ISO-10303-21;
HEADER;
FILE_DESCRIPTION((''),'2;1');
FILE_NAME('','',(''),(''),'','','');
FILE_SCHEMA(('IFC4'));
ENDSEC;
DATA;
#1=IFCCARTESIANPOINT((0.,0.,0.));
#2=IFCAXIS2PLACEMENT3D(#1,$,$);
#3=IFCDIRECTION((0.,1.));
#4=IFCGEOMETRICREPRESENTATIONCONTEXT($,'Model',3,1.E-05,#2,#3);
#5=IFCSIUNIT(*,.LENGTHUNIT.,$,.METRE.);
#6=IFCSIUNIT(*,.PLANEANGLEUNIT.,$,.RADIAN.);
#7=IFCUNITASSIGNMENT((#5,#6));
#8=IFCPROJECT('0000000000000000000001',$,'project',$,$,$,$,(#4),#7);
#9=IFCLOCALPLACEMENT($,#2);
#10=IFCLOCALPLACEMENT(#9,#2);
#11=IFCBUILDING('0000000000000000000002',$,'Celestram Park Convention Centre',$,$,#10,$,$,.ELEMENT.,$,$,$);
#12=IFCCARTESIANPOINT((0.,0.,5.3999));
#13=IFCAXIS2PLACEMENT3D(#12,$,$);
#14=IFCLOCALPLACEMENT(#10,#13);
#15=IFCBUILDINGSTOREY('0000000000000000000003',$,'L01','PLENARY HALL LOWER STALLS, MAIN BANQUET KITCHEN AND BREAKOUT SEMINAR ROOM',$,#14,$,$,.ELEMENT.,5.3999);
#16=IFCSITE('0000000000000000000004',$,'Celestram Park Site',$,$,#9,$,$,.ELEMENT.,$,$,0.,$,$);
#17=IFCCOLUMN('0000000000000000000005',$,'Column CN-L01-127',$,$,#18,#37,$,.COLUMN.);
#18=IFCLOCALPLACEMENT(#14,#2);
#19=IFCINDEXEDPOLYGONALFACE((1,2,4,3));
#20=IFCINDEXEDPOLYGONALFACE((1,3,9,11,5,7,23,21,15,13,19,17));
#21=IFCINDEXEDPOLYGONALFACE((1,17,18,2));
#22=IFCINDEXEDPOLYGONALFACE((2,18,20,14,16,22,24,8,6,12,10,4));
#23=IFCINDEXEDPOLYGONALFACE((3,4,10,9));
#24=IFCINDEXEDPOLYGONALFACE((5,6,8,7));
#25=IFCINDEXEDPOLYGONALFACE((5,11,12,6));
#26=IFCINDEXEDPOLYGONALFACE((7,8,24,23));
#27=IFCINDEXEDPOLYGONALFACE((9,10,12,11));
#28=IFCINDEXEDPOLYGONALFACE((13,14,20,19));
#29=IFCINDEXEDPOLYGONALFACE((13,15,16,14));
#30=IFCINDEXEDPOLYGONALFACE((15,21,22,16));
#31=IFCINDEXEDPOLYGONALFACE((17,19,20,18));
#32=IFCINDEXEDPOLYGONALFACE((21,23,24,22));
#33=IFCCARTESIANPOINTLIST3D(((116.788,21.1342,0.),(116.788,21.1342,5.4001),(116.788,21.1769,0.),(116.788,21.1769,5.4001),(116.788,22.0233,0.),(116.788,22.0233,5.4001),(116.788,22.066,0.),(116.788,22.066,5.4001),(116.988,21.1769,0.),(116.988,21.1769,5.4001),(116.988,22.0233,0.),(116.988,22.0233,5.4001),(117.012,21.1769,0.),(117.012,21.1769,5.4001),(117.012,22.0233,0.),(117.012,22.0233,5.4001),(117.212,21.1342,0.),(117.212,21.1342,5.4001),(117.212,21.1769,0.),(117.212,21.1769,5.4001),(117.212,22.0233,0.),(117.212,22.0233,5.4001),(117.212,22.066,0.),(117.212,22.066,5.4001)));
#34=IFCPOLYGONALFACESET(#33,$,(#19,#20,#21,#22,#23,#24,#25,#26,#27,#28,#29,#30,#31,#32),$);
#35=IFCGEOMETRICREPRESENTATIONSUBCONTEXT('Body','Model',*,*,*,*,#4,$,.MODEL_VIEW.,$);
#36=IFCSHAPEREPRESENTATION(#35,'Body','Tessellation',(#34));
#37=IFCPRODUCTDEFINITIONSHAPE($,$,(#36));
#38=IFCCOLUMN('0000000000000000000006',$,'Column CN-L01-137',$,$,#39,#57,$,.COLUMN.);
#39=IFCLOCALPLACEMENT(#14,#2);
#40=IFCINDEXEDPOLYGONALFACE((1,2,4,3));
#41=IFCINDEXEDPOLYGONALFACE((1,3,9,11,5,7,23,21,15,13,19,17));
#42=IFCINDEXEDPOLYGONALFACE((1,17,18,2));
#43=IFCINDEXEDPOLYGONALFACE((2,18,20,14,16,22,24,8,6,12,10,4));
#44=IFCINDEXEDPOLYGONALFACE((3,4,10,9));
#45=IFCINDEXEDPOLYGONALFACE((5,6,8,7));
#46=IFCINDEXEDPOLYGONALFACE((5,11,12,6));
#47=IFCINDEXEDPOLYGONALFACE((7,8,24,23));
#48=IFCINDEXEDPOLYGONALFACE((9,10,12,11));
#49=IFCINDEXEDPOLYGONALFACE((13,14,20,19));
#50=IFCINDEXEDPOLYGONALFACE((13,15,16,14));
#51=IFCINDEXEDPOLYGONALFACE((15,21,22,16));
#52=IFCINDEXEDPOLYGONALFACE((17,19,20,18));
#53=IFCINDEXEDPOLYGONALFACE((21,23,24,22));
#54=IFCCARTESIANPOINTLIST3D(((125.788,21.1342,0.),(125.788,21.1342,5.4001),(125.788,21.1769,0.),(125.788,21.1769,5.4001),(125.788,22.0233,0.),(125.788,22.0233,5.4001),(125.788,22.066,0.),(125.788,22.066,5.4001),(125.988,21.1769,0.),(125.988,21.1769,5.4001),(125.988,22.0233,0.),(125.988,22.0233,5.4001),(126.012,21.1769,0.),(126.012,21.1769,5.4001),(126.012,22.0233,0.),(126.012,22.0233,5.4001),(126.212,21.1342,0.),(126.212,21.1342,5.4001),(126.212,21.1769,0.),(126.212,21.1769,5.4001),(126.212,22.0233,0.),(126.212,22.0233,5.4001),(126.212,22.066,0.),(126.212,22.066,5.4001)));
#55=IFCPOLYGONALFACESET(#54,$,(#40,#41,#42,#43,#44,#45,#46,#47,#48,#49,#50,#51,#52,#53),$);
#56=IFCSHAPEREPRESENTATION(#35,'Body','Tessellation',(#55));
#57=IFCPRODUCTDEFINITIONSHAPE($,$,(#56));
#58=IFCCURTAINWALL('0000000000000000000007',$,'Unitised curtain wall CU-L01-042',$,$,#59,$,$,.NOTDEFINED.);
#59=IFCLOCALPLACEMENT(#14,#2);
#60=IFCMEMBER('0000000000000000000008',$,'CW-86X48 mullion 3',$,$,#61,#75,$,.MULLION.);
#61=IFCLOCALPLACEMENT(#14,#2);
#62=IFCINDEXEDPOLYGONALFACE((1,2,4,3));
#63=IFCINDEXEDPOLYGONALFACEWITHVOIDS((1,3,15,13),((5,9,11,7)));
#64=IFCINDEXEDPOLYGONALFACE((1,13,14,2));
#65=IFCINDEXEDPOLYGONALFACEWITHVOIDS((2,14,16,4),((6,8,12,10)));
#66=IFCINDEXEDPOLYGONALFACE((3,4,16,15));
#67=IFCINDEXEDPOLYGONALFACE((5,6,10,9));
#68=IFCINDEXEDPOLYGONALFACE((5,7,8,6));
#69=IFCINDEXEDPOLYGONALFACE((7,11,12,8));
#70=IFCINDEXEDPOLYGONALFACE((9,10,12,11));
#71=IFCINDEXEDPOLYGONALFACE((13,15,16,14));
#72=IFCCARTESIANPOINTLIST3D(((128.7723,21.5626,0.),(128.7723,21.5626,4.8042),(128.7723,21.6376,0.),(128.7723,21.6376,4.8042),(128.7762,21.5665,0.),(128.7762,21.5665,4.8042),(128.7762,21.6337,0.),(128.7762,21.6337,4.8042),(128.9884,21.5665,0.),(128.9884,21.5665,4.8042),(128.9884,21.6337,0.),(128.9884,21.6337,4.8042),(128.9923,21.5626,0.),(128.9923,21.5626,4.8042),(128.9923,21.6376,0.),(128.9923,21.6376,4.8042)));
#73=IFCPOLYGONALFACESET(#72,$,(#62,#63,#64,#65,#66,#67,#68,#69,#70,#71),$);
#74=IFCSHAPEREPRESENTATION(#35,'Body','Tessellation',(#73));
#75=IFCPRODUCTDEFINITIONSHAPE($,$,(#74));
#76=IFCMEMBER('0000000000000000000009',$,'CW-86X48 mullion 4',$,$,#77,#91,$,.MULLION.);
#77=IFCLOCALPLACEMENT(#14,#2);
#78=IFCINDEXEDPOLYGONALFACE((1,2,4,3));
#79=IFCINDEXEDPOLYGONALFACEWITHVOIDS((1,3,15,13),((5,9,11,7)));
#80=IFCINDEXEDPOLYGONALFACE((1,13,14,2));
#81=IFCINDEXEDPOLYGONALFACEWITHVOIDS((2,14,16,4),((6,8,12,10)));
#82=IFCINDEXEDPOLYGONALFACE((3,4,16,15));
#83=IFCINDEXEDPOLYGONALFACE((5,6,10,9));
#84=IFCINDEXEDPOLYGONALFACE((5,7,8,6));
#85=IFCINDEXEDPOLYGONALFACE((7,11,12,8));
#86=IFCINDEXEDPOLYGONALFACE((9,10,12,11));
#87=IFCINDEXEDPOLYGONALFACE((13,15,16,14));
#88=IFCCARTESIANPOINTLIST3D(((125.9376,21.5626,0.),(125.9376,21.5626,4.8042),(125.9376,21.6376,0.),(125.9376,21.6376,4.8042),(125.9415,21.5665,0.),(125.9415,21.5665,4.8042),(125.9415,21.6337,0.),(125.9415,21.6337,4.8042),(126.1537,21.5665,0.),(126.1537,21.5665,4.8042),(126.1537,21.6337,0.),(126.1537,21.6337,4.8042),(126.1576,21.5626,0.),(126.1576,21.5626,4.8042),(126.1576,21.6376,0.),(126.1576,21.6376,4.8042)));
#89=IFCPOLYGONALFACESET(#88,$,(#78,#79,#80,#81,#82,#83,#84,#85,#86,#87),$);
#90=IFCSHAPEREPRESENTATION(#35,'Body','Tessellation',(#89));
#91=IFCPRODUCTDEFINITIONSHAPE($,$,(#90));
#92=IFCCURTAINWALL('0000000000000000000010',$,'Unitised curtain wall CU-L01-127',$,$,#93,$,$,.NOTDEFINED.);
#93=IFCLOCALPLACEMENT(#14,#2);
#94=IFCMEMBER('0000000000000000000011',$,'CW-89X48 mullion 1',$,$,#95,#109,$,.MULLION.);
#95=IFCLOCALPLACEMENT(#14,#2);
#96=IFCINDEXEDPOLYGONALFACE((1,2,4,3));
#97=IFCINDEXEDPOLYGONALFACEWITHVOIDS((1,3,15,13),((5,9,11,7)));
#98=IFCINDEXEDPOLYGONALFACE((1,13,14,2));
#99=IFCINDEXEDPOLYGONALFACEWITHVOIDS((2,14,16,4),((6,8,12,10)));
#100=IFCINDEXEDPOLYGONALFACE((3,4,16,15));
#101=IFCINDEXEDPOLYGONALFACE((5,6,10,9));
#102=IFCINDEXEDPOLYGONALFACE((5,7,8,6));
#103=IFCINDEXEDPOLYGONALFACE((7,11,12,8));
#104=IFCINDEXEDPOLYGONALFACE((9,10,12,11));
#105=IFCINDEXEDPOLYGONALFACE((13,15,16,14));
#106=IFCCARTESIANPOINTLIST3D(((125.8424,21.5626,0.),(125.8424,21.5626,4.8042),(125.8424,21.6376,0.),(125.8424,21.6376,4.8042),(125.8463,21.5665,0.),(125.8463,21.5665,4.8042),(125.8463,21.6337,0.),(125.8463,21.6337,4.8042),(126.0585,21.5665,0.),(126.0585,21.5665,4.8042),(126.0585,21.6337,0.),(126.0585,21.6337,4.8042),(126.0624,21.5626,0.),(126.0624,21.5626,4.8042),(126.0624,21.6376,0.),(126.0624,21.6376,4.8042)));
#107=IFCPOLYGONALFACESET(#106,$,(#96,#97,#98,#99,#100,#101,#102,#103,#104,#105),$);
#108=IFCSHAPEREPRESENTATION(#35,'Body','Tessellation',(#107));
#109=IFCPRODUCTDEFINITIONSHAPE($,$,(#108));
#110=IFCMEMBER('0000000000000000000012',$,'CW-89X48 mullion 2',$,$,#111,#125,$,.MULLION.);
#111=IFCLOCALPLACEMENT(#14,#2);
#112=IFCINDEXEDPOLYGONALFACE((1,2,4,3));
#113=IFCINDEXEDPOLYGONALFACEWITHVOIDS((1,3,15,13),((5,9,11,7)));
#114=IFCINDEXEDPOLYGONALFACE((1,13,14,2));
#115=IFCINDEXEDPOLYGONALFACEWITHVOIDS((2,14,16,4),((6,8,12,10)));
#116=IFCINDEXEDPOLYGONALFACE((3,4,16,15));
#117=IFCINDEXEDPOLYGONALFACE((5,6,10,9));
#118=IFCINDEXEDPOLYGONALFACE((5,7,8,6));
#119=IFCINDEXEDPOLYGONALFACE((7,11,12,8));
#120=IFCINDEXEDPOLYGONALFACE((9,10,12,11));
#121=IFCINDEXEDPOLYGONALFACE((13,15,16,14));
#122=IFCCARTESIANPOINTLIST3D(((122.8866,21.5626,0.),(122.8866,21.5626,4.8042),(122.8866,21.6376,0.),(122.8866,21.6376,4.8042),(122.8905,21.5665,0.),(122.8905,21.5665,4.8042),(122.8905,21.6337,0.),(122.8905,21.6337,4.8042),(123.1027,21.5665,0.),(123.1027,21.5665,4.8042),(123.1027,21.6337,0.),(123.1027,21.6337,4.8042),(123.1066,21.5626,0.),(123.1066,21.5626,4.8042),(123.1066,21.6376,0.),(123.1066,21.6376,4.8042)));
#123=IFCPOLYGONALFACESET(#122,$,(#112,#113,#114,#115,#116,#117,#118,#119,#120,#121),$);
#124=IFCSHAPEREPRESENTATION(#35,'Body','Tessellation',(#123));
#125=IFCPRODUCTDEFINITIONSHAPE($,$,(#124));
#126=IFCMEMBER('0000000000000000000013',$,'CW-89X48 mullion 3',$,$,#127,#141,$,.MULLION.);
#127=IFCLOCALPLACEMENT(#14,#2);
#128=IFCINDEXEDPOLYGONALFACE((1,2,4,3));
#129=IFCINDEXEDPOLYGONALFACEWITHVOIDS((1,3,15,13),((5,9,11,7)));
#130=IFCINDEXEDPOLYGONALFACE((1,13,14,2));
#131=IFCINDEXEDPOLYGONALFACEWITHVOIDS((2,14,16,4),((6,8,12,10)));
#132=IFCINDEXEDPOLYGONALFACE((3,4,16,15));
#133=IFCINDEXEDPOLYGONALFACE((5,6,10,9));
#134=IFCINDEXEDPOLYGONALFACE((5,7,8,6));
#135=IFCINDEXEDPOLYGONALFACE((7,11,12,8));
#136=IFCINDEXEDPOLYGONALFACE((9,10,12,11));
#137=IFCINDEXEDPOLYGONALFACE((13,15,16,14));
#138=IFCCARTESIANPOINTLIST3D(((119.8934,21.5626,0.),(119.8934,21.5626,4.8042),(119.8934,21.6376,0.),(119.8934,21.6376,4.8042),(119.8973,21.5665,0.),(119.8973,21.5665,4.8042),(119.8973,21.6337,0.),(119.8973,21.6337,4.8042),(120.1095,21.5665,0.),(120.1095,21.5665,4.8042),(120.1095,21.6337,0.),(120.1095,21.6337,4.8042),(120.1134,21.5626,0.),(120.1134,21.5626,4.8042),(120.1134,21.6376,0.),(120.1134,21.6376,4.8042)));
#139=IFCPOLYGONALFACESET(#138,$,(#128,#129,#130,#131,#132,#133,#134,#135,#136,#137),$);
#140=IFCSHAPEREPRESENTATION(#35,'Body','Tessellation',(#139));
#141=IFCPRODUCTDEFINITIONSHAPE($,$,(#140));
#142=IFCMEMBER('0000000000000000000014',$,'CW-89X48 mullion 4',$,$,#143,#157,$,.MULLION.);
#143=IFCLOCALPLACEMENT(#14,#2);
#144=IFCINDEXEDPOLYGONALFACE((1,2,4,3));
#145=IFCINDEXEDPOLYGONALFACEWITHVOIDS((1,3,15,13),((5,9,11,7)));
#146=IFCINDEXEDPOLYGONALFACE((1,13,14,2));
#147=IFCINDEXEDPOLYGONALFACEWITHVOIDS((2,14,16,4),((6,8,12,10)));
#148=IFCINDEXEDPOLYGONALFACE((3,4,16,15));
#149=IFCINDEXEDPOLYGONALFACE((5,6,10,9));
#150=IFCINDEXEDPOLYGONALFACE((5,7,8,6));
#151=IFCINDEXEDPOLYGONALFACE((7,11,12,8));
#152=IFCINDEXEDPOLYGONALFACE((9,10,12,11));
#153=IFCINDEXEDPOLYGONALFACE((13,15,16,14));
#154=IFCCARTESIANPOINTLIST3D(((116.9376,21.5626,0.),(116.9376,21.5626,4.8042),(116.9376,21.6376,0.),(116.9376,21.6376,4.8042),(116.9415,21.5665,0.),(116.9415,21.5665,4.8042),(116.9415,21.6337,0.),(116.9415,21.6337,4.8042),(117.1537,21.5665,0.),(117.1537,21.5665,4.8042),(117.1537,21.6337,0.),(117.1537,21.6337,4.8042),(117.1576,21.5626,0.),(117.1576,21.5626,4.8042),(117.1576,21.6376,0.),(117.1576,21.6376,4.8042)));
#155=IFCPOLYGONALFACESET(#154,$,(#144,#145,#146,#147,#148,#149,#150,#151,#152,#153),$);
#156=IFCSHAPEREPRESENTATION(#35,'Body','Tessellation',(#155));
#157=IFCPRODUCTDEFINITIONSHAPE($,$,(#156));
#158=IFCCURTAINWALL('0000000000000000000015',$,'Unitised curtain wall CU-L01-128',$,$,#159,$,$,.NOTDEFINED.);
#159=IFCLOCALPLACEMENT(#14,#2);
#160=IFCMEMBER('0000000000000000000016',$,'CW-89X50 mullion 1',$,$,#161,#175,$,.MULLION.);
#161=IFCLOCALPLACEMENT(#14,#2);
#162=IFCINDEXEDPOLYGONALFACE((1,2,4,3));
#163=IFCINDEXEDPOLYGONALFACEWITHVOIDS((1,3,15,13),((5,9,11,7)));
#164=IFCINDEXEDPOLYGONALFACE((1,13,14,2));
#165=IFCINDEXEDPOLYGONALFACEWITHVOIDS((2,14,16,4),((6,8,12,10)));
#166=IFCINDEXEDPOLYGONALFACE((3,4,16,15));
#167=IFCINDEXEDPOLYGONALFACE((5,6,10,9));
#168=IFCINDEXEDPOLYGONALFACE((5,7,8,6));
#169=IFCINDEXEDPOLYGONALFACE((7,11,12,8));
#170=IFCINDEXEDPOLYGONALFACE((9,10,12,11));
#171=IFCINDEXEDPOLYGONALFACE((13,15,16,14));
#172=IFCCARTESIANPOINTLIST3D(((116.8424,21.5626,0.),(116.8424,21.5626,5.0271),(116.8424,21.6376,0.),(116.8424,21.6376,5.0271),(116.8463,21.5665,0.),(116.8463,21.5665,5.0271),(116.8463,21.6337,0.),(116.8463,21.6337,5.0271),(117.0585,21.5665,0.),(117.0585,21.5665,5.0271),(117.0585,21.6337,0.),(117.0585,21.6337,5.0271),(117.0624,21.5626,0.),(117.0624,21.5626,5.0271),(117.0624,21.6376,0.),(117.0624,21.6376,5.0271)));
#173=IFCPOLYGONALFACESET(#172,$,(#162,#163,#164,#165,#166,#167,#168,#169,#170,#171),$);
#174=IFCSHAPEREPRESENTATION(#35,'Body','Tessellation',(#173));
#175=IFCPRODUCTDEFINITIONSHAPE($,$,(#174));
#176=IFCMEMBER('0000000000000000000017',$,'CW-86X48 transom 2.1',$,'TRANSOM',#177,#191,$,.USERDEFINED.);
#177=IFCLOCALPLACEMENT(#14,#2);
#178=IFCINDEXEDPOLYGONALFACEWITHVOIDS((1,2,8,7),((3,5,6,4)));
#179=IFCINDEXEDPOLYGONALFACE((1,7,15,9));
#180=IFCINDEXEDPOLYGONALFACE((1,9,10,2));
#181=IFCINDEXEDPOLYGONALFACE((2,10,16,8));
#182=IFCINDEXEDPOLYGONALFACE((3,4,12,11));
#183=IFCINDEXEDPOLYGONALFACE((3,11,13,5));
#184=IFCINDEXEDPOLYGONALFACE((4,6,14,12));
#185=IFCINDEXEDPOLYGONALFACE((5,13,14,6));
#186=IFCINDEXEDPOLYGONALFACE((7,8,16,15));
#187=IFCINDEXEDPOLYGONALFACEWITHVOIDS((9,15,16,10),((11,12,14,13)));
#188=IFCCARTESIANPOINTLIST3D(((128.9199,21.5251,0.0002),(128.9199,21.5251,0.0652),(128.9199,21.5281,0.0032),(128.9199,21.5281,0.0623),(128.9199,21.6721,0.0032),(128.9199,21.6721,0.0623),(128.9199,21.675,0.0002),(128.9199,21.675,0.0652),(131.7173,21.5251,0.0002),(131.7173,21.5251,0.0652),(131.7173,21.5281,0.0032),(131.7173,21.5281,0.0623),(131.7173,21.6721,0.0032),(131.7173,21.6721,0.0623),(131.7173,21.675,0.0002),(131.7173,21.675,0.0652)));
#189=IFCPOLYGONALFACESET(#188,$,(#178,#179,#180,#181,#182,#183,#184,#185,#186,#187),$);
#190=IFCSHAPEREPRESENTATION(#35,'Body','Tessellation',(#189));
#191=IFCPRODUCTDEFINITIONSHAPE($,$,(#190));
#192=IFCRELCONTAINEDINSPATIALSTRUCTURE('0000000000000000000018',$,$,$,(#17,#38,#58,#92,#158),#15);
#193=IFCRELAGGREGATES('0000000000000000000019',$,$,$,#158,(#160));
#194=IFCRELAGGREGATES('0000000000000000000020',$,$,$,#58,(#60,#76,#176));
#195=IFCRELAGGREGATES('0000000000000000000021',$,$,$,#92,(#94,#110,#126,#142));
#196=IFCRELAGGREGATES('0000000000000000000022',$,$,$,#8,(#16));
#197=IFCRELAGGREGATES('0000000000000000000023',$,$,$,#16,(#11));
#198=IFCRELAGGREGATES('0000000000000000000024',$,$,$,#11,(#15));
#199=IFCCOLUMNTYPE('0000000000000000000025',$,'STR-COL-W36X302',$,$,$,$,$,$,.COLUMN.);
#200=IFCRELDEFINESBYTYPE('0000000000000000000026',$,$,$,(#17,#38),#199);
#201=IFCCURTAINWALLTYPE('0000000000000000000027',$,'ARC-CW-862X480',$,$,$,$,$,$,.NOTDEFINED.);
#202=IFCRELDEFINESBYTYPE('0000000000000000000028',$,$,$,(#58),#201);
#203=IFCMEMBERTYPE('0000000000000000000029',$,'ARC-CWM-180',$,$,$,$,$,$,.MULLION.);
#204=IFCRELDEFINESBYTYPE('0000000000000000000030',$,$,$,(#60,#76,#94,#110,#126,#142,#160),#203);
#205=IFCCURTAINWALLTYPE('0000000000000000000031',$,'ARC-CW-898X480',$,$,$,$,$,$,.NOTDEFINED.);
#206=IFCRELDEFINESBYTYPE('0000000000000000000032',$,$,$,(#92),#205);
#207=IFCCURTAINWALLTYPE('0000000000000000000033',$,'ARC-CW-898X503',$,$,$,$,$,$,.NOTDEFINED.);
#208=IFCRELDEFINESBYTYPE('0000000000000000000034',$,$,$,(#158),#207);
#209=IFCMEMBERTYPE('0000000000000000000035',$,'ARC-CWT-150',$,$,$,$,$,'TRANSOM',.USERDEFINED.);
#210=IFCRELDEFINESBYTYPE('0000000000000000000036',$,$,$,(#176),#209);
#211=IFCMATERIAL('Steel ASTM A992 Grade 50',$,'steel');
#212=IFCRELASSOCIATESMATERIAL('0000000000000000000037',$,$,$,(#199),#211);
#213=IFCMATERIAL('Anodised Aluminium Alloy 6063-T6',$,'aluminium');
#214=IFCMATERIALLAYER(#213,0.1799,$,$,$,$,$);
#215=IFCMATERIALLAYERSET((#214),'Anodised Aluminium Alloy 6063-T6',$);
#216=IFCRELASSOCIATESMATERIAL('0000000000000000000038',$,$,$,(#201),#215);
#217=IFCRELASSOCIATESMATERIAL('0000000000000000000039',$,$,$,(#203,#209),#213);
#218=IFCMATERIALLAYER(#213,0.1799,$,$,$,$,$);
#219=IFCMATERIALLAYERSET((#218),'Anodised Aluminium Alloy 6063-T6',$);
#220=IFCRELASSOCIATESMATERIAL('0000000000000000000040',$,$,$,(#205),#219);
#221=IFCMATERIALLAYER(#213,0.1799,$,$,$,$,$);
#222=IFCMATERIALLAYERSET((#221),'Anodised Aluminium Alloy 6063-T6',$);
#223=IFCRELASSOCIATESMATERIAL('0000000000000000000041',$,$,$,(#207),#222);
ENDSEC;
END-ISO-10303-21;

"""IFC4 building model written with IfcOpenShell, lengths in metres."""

from ifc_helpers import new_model, si_unit, direction, frame, origin, origin_2d, place, context, subcontext, project, spatial, hollow_rectangle, i_section, extrude, material, layer, layer_set, material_profile, profile_set, type_object, element, aggregate, save


model = new_model("IFC4")

# Units and contexts
model_context = context("Model", 3, precision=1e-05, world=origin(), true_north=direction((0.0, 1.0)))
body_context = subcontext(model_context, "Body", "Model", "MODEL_VIEW")
ifc_project = project(units=[si_unit("LENGTHUNIT", "METRE"), si_unit("PLANEANGLEUNIT", "RADIAN")], contexts=[model_context])

# Site, building, storey
site_placement = place(None, origin())
site = spatial("IfcSite", under=ifc_project, at=site_placement, Name="Celestram Park Site", CompositionType="ELEMENT", RefElevation=0.0)
building_placement = place(site_placement, origin())
building = spatial("IfcBuilding", under=site, at=building_placement, Name="Celestram Park Convention Centre", CompositionType="ELEMENT")
storey_placement = place(building_placement, frame((0.0, 0.0, 5.3999)))
storey = spatial("IfcBuildingStorey", under=building, at=storey_placement, Name="L01", Description="PLENARY HALL LOWER STALLS, MAIN BANQUET KITCHEN AND BREAKOUT SEMINAR ROOM", CompositionType="ELEMENT", Elevation=5.3999)

# Columns
ifc_material_1 = material(Name="Steel ASTM A992 Grade 50", Category="steel")
ifc_material_profile_1 = material_profile(ifc_material_1, i_section(OverallWidth=0.4241, OverallDepth=0.9319, WebThickness=0.0239, FlangeThickness=0.0427, at=origin_2d()), Name="W36X302")
ifc_profile_set_1 = profile_set([ifc_material_profile_1], Name="Steel ASTM A992 Grade 50")
column_type = type_object("IfcColumnType", Name="STR-COL-W36X302", PredefinedType="COLUMN", material=ifc_profile_set_1)
for number, where, z_axis, x_axis, name in (
    (1, (117.0, 21.6001, 0.0), (0.0, 0.0, 1.0), (1.0, 0.0, 0.0), "Column CN-L01-127"),
    (2, (126.0, 21.6001, 0.0), (0.0, 0.0, 1.0), (1.0, 0.0, 0.0), "Column CN-L01-137"),
):
    element("IfcColumn", number, at=place(storey_placement, frame(where, z_axis=z_axis, x_axis=x_axis)), inside=storey, type_object=column_type, Name=name, PredefinedType="COLUMN", context=body_context, shape_type="SweptSolid", body=[
        extrude(i_section(OverallWidth=0.4241, OverallDepth=0.9319, WebThickness=0.0239, FlangeThickness=0.0427, at=origin_2d()), origin(), (0.0, 0.0, 1.0), 5.4001),
    ])

# Curtain walls, members
ifc_material_2 = material(Name="Anodised Aluminium Alloy 6063-T6", Category="aluminium")
ifc_layer_1 = layer(ifc_material_2, 0.1799)
ifc_layer_set_1 = layer_set([ifc_layer_1], Name="Anodised Aluminium Alloy 6063-T6")
curtain_wall_type_1 = type_object("IfcCurtainWallType", Name="ARC-CW-862X480", PredefinedType="NOTDEFINED", material=ifc_layer_set_1)
curtain_wall_1_placement = place(storey_placement, origin())
curtain_wall_1 = element("IfcCurtainWall", 3, at=curtain_wall_1_placement, inside=storey, type_object=curtain_wall_type_1, Name="Unitised curtain wall CU-L01-042", PredefinedType="NOTDEFINED")
ifc_material_profile_2 = material_profile(ifc_material_2, hollow_rectangle(XDim=0.075, YDim=0.22, WallThickness=0.0039, at=origin_2d()), Name="ALU75X220X4")
ifc_profile_set_2 = profile_set([ifc_material_profile_2], Name="Anodised Aluminium Alloy 6063-T6")
member_type_1 = type_object("IfcMemberType", Name="ARC-CWM-180", PredefinedType="MULLION", material=ifc_profile_set_2)
member_1_placement = place(storey_placement, frame((128.8823, 21.6001, 0.0), z_axis=(0.0, 0.0, 1.0), x_axis=(0.0, -1.0, 0.0)))
member_1 = element("IfcMember", 4, at=member_1_placement, type_object=member_type_1, Name="CW-86X48 mullion 3", PredefinedType="MULLION", context=body_context, shape_type="SweptSolid", body=[
    extrude(hollow_rectangle(XDim=0.075, YDim=0.22, WallThickness=0.0039, at=origin_2d()), origin(), (0.0, 0.0, 1.0), 4.8042),
])
member_2_placement = place(storey_placement, frame((126.0476, 21.6001, 0.0), z_axis=(0.0, 0.0, 1.0), x_axis=(0.0, -1.0, 0.0)))
member_2 = element("IfcMember", 5, at=member_2_placement, type_object=member_type_1, Name="CW-86X48 mullion 4", PredefinedType="MULLION", context=body_context, shape_type="SweptSolid", body=[
    extrude(hollow_rectangle(XDim=0.075, YDim=0.22, WallThickness=0.0039, at=origin_2d()), origin(), (0.0, 0.0, 1.0), 4.8042),
])
ifc_layer_2 = layer(ifc_material_2, 0.1799)
ifc_layer_set_2 = layer_set([ifc_layer_2], Name="Anodised Aluminium Alloy 6063-T6")
curtain_wall_type_2 = type_object("IfcCurtainWallType", Name="ARC-CW-898X480", PredefinedType="NOTDEFINED", material=ifc_layer_set_2)
curtain_wall_2_placement = place(storey_placement, origin())
curtain_wall_2 = element("IfcCurtainWall", 6, at=curtain_wall_2_placement, inside=storey, type_object=curtain_wall_type_2, Name="Unitised curtain wall CU-L01-127", PredefinedType="NOTDEFINED")
member_3_placement = place(storey_placement, frame((125.9524, 21.6001, 0.0), z_axis=(0.0, 0.0, 1.0), x_axis=(0.0, -1.0, 0.0)))
member_3 = element("IfcMember", 7, at=member_3_placement, type_object=member_type_1, Name="CW-89X48 mullion 1", PredefinedType="MULLION", context=body_context, shape_type="SweptSolid", body=[
    extrude(hollow_rectangle(XDim=0.075, YDim=0.22, WallThickness=0.0039, at=origin_2d()), origin(), (0.0, 0.0, 1.0), 4.8042),
])
member_4_placement = place(storey_placement, frame((122.9966, 21.6001, 0.0), z_axis=(0.0, 0.0, 1.0), x_axis=(0.0, -1.0, 0.0)))
member_4 = element("IfcMember", 8, at=member_4_placement, type_object=member_type_1, Name="CW-89X48 mullion 2", PredefinedType="MULLION", context=body_context, shape_type="SweptSolid", body=[
    extrude(hollow_rectangle(XDim=0.075, YDim=0.22, WallThickness=0.0039, at=origin_2d()), origin(), (0.0, 0.0, 1.0), 4.8042),
])
member_5_placement = place(storey_placement, frame((120.0034, 21.6001, 0.0), z_axis=(0.0, 0.0, 1.0), x_axis=(0.0, -1.0, 0.0)))
member_5 = element("IfcMember", 9, at=member_5_placement, type_object=member_type_1, Name="CW-89X48 mullion 3", PredefinedType="MULLION", context=body_context, shape_type="SweptSolid", body=[
    extrude(hollow_rectangle(XDim=0.075, YDim=0.22, WallThickness=0.0039, at=origin_2d()), origin(), (0.0, 0.0, 1.0), 4.8042),
])
member_6_placement = place(storey_placement, frame((117.0476, 21.6001, 0.0), z_axis=(0.0, 0.0, 1.0), x_axis=(0.0, -1.0, 0.0)))
member_6 = element("IfcMember", 10, at=member_6_placement, type_object=member_type_1, Name="CW-89X48 mullion 4", PredefinedType="MULLION", context=body_context, shape_type="SweptSolid", body=[
    extrude(hollow_rectangle(XDim=0.075, YDim=0.22, WallThickness=0.0039, at=origin_2d()), origin(), (0.0, 0.0, 1.0), 4.8042),
])

# Curtain wall, member
ifc_layer_3 = layer(ifc_material_2, 0.1799)
ifc_layer_set_3 = layer_set([ifc_layer_3], Name="Anodised Aluminium Alloy 6063-T6")
curtain_wall_type_3 = type_object("IfcCurtainWallType", Name="ARC-CW-898X503", PredefinedType="NOTDEFINED", material=ifc_layer_set_3)
curtain_wall_3_placement = place(storey_placement, origin())
curtain_wall_3 = element("IfcCurtainWall", 11, at=curtain_wall_3_placement, inside=storey, type_object=curtain_wall_type_3, Name="Unitised curtain wall CU-L01-128", PredefinedType="NOTDEFINED")
member_7_placement = place(storey_placement, frame((116.9524, 21.6001, 0.0), z_axis=(0.0, 0.0, 1.0), x_axis=(0.0, -1.0, 0.0)))
member_7 = element("IfcMember", 12, at=member_7_placement, type_object=member_type_1, Name="CW-89X50 mullion 1", PredefinedType="MULLION", context=body_context, shape_type="SweptSolid", body=[
    extrude(hollow_rectangle(XDim=0.075, YDim=0.22, WallThickness=0.0039, at=origin_2d()), origin(), (0.0, 0.0, 1.0), 5.0271),
])

# Member
ifc_material_profile_3 = material_profile(ifc_material_2, hollow_rectangle(XDim=0.1499, YDim=0.0649, WallThickness=0.0029, at=origin_2d()), Name="ALU150X65X3")
ifc_profile_set_3 = profile_set([ifc_material_profile_3], Name="Anodised Aluminium Alloy 6063-T6")
member_type_2 = type_object("IfcMemberType", Name="ARC-CWT-150", ElementType="TRANSOM", PredefinedType="USERDEFINED", material=ifc_profile_set_3)
member_8_placement = place(storey_placement, frame((131.7173, 21.6001, 0.0327), z_axis=(-1.0, 0.0, 0.0), x_axis=(0.0, -1.0, 0.0)))
member_8 = element("IfcMember", 13, at=member_8_placement, type_object=member_type_2, Name="CW-86X48 transom 2.1", ObjectType="TRANSOM", PredefinedType="USERDEFINED", context=body_context, shape_type="SweptSolid", body=[
    extrude(hollow_rectangle(XDim=0.1499, YDim=0.0649, WallThickness=0.0029, at=origin_2d()), origin(), (0.0, 0.0, 1.0), 2.7974),
])
aggregate(curtain_wall_3, [member_7])

aggregate(curtain_wall_1, [member_1, member_2, member_8])
aggregate(curtain_wall_2, [member_3, member_4, member_5, member_6])

save(model, "model.ifc")
